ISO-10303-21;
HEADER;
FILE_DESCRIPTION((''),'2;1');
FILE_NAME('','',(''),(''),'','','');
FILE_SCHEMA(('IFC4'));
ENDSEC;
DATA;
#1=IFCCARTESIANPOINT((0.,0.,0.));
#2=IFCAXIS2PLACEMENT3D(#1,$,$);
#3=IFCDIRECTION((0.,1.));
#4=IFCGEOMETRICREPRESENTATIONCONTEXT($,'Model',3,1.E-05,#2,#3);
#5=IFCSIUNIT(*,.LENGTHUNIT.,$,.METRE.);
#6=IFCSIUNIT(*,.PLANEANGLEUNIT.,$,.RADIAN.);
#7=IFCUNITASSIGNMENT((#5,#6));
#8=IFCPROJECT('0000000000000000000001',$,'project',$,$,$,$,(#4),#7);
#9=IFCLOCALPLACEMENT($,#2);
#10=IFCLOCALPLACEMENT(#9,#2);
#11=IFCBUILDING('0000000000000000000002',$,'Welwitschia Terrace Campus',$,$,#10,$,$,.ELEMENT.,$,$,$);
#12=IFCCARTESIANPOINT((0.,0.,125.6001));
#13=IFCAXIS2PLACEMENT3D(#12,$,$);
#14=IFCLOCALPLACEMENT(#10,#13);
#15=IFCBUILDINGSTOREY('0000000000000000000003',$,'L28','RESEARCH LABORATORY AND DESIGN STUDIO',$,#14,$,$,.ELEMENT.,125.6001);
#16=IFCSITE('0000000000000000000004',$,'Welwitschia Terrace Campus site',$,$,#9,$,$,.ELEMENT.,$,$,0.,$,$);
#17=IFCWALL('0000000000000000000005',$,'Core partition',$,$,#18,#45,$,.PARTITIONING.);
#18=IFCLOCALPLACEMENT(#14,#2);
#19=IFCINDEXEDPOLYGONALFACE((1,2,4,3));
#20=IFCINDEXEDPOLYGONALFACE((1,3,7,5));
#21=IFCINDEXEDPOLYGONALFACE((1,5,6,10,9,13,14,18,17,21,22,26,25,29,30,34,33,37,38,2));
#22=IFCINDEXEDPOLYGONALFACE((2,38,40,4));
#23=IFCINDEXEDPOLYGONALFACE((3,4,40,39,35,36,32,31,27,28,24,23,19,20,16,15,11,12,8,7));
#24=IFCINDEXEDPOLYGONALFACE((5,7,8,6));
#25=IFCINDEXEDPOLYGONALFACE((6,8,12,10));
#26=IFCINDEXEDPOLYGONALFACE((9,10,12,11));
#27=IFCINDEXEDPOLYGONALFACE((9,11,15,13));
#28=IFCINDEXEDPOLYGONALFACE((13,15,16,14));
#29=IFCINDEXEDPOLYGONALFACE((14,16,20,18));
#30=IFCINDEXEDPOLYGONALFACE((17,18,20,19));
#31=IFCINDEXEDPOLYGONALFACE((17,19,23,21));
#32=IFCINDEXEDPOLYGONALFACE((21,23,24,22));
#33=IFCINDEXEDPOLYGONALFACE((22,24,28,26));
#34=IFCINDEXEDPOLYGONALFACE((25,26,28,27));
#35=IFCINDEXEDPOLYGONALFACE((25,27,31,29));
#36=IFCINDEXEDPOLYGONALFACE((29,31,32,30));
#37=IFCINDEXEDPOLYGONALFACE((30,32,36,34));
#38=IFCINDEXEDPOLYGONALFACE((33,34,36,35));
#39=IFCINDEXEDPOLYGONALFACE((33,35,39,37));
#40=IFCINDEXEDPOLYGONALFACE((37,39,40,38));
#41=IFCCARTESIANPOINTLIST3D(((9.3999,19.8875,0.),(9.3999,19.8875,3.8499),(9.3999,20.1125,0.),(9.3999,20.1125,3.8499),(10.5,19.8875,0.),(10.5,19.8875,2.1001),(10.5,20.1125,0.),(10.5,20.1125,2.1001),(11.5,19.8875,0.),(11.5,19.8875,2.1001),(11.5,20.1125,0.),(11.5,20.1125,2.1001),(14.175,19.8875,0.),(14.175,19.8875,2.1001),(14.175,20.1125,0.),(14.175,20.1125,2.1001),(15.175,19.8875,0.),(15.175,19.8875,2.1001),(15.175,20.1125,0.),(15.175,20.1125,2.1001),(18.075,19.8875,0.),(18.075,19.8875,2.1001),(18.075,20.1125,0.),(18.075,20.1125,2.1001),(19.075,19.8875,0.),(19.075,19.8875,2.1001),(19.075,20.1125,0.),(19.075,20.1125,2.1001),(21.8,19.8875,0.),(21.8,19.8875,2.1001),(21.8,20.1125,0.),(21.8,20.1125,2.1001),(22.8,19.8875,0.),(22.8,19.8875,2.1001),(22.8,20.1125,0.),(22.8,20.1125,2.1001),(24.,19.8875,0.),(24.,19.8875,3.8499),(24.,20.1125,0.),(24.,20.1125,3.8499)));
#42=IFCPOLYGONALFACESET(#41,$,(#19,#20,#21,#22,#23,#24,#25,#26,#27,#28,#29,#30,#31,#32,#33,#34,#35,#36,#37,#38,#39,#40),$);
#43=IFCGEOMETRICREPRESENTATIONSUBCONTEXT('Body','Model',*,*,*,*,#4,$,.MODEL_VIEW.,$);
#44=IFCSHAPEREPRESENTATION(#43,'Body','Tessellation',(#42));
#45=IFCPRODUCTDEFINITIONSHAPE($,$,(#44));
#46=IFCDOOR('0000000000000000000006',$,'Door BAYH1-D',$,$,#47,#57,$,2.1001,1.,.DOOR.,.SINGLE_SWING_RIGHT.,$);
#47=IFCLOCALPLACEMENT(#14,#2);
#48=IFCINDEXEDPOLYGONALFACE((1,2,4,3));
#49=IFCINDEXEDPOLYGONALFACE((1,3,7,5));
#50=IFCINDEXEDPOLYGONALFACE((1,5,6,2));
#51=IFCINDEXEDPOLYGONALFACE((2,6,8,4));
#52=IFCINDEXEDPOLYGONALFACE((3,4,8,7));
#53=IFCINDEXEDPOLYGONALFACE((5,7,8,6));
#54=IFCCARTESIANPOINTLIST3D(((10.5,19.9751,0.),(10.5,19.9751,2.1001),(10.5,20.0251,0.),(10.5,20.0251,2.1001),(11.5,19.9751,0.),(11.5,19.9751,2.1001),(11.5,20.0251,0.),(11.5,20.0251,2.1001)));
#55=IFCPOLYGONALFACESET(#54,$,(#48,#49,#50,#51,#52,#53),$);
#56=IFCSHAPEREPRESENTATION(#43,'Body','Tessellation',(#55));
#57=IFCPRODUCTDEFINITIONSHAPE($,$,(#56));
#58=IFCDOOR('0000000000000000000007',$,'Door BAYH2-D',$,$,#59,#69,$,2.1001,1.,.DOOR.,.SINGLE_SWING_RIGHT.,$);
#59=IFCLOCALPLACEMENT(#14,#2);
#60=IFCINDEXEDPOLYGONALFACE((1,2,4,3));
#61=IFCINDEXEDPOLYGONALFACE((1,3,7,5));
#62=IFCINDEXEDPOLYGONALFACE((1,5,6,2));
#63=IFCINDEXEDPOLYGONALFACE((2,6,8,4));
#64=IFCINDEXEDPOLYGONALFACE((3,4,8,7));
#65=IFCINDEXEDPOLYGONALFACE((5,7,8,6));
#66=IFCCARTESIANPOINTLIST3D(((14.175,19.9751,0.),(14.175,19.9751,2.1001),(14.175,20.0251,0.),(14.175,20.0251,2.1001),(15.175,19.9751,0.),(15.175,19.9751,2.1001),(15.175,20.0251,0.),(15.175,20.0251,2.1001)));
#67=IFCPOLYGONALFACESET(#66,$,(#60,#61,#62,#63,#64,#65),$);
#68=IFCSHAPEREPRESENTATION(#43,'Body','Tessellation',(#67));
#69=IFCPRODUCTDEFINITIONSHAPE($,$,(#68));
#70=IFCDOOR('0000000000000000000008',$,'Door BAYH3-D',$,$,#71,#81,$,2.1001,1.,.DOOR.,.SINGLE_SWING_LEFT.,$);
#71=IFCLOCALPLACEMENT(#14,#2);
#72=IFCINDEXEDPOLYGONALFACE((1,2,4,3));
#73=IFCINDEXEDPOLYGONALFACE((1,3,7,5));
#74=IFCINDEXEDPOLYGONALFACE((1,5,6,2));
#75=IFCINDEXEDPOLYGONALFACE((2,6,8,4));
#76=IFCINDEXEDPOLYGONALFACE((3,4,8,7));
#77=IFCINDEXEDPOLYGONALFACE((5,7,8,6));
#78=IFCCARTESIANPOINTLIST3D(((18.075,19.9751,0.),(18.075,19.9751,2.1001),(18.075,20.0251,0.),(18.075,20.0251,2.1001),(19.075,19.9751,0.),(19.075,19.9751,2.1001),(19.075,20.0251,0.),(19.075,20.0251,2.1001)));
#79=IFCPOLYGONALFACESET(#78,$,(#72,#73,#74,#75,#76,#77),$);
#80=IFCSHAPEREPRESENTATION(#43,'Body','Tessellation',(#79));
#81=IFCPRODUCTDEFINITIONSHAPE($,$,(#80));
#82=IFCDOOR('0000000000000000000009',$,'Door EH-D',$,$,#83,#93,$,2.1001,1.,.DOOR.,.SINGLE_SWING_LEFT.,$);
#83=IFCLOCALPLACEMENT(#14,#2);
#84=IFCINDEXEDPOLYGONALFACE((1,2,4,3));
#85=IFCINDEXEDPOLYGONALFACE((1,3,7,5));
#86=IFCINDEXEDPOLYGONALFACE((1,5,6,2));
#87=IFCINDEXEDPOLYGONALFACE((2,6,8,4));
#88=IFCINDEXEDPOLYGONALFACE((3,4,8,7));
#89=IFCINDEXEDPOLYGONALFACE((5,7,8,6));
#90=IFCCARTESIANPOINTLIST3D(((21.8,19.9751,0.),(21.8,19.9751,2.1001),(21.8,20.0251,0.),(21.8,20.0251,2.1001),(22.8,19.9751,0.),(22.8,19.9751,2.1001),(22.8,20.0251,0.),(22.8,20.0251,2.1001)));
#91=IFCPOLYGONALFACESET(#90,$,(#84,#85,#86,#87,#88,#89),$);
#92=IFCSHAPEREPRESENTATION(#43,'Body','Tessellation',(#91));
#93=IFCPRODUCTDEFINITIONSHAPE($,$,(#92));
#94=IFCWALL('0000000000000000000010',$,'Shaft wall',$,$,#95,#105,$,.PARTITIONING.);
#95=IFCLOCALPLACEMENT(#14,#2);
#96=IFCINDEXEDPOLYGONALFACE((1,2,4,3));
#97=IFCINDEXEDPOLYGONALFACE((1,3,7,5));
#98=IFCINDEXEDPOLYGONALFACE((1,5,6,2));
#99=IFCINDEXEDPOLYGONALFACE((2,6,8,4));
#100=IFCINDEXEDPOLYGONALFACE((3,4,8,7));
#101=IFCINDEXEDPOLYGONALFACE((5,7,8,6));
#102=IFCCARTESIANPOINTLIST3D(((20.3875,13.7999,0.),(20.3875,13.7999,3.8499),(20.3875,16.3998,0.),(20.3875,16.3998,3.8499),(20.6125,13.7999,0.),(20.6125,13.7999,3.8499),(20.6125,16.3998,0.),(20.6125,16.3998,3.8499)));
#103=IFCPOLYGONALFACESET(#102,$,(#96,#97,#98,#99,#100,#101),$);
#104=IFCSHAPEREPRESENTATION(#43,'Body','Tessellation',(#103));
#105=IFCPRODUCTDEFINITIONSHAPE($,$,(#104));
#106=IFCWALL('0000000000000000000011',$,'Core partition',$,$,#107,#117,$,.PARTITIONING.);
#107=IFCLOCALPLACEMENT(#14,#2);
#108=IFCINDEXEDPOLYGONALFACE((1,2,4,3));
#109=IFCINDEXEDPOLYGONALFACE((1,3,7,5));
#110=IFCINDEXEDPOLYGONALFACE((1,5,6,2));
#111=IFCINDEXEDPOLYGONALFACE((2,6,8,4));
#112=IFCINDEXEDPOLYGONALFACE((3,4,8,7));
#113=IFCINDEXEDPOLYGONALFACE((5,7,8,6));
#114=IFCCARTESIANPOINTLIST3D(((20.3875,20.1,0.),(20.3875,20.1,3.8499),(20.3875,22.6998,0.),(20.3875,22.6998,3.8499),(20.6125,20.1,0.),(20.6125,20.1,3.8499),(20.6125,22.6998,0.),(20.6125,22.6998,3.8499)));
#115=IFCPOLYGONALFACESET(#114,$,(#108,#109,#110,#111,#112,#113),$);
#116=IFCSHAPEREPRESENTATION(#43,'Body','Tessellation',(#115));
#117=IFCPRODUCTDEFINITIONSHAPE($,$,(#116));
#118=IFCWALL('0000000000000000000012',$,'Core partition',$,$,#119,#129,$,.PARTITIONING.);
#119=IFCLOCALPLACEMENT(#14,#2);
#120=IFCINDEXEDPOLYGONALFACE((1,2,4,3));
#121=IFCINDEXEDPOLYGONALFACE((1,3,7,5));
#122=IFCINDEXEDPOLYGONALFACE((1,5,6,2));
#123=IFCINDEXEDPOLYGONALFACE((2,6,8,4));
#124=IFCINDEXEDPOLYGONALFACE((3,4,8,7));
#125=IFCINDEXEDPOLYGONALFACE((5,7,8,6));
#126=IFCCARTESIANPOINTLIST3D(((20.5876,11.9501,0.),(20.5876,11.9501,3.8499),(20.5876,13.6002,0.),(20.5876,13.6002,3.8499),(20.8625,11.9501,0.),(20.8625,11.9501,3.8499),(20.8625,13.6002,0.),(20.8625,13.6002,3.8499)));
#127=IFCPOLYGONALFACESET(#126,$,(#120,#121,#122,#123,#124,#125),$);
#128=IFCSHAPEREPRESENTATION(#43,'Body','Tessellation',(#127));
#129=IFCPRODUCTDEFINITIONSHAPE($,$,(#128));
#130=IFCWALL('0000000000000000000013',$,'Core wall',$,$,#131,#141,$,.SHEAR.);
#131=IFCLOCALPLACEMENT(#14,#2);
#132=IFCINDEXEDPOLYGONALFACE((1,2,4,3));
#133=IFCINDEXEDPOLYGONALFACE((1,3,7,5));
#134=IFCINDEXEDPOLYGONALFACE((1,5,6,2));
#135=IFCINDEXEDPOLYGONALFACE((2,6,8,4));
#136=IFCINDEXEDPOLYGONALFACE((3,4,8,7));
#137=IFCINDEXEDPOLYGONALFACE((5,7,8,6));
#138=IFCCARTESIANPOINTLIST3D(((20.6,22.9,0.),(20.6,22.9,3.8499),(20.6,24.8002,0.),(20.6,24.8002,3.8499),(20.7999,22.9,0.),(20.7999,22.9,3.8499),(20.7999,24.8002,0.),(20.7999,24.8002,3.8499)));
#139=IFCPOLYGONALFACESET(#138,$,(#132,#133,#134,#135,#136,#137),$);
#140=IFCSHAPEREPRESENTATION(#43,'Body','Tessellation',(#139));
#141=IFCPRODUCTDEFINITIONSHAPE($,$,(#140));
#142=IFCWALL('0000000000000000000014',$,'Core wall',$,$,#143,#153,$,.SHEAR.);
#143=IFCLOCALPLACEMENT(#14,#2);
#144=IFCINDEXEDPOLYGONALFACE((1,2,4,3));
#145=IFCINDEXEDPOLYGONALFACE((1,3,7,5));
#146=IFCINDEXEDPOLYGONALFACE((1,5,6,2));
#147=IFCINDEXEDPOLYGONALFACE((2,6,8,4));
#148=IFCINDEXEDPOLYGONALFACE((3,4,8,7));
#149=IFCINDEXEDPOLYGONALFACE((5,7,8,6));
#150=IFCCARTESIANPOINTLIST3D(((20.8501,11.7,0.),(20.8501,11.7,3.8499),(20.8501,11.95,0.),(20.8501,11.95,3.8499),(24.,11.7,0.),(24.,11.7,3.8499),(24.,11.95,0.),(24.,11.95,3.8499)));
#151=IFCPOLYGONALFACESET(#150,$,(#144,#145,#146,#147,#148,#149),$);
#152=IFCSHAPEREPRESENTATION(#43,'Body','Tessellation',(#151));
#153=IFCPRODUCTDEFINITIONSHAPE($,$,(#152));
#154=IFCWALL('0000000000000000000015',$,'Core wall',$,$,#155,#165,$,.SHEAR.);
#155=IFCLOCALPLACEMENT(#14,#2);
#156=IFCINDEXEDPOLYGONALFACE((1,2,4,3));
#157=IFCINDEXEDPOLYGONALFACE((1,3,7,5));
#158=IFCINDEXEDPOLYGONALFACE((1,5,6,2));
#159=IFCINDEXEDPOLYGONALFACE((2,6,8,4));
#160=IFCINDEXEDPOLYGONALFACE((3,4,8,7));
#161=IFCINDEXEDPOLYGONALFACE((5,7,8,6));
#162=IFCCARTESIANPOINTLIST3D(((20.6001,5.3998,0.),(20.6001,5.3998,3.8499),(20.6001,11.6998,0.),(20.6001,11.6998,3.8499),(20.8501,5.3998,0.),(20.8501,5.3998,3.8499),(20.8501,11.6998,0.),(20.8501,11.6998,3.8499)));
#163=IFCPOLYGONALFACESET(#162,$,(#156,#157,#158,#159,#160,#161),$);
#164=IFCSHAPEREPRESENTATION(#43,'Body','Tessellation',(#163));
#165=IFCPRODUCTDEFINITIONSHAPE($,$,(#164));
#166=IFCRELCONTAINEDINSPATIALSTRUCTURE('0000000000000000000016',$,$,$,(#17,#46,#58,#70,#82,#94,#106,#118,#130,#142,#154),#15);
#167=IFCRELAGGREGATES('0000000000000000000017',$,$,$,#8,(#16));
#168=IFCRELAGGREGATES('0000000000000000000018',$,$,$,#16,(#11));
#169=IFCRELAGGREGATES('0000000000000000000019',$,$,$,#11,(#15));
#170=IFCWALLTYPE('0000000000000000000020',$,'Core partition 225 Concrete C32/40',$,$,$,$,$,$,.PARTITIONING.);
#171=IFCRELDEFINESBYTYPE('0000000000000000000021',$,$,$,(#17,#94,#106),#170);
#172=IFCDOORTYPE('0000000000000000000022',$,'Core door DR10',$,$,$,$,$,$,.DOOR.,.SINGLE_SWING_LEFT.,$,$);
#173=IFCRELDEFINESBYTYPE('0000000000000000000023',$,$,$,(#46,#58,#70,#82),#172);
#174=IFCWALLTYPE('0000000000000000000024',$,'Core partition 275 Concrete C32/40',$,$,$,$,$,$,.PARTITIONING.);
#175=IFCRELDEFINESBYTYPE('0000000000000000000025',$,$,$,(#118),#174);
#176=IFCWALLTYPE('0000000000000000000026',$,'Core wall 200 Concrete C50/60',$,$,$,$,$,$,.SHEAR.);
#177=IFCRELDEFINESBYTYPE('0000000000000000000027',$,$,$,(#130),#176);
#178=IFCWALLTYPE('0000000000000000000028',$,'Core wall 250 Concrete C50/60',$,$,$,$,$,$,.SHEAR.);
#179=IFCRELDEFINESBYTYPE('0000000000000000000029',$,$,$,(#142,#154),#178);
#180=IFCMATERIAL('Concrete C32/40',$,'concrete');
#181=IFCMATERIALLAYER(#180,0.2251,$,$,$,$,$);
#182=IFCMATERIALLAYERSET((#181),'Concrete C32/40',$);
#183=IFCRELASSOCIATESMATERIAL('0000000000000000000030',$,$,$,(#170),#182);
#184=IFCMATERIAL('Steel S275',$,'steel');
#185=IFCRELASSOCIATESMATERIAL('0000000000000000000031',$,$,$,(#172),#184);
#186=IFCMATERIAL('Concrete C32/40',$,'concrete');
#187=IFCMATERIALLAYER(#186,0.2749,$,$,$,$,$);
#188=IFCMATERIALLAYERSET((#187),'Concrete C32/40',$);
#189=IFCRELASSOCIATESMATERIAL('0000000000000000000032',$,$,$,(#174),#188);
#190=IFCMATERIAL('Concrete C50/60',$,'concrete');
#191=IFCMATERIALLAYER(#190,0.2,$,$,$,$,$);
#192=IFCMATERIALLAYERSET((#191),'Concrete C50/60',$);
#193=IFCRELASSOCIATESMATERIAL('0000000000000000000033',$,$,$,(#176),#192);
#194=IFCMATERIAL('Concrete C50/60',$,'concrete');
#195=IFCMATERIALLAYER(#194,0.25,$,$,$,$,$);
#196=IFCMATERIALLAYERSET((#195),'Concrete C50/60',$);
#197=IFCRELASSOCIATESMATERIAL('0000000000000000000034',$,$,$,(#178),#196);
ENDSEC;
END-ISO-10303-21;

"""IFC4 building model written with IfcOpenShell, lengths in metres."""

from ifc_helpers import new_model, si_unit, direction, frame, frame_2d, origin, place, context, subcontext, project, spatial, rectangle, extrude, material, layer, layer_set, type_object, element, fill, save


model = new_model("IFC4")

# Units and contexts
model_context = context("Model", 3, precision=1e-05, world=origin(), true_north=direction((0.0, 1.0)))
body_context = subcontext(model_context, "Body", "Model", "MODEL_VIEW")
ifc_project = project(units=[si_unit("LENGTHUNIT", "METRE"), si_unit("PLANEANGLEUNIT", "RADIAN")], contexts=[model_context])

# Site, building, storey
site_placement = place(None, origin())
site = spatial("IfcSite", under=ifc_project, at=site_placement, Name="Welwitschia Terrace Campus site", CompositionType="ELEMENT", RefElevation=0.0)
building_placement = place(site_placement, origin())
building = spatial("IfcBuilding", under=site, at=building_placement, Name="Welwitschia Terrace Campus", CompositionType="ELEMENT")
storey_placement = place(building_placement, frame((0.0, 0.0, 125.6001)))
storey = spatial("IfcBuildingStorey", under=building, at=storey_placement, Name="L28", Description="RESEARCH LABORATORY AND DESIGN STUDIO", CompositionType="ELEMENT", Elevation=125.6001)

# Wall, openings, doors
ifc_material_1 = material(Name="Concrete C32/40", Category="concrete")
ifc_layer_1 = layer(ifc_material_1, 0.2251)
ifc_layer_set_1 = layer_set([ifc_layer_1], Name="Concrete C32/40")
wall_type_1 = type_object("IfcWallType", Name="Core partition 225 Concrete C32/40", PredefinedType="PARTITIONING", material=ifc_layer_set_1)
wall_1_placement = place(storey_placement, frame((24.0, 20.0, 0.0), z_axis=(0.0, 0.0, 1.0), x_axis=(-1.0, 0.0, 0.0)))
wall_1 = element("IfcWall", 1, at=wall_1_placement, inside=storey, type_object=wall_type_1, Name="Core partition", PredefinedType="PARTITIONING", context=body_context, shape_type="SweptSolid", body=[
    extrude(rectangle(XDim=14.6001, YDim=0.2251, at=frame_2d((7.3, 0.0))), origin(), (0.0, 0.0, 1.0), 3.8499),
])
opening_1_placement = place(wall_1_placement, frame((12.5, 0.0, 0.0)))
opening_1 = element("IfcOpeningElement", 2, at=opening_1_placement, cuts=wall_1, PredefinedType="OPENING", context=body_context, shape_type="SweptSolid", body=[
    extrude(rectangle(XDim=1.0, YDim=2.1001, at=frame_2d((0.5, 1.05))), frame((0.0, 0.1226, 0.0), z_axis=(0.0, -1.0, 0.0), x_axis=(1.0, 0.0, 0.0)), (0.0, 0.0, 1.0), 0.2451),
])
opening_2_placement = place(wall_1_placement, frame((8.825, 0.0, 0.0)))
opening_2 = element("IfcOpeningElement", 3, at=opening_2_placement, cuts=wall_1, PredefinedType="OPENING", context=body_context, shape_type="SweptSolid", body=[
    extrude(rectangle(XDim=1.0, YDim=2.1001, at=frame_2d((0.5, 1.05))), frame((0.0, 0.1226, 0.0), z_axis=(0.0, -1.0, 0.0), x_axis=(1.0, 0.0, 0.0)), (0.0, 0.0, 1.0), 0.2451),
])
opening_3_placement = place(wall_1_placement, frame((4.925, 0.0, 0.0)))
opening_3 = element("IfcOpeningElement", 4, at=opening_3_placement, cuts=wall_1, PredefinedType="OPENING", context=body_context, shape_type="SweptSolid", body=[
    extrude(rectangle(XDim=1.0, YDim=2.1001, at=frame_2d((0.5, 1.05))), frame((0.0, 0.1226, 0.0), z_axis=(0.0, -1.0, 0.0), x_axis=(1.0, 0.0, 0.0)), (0.0, 0.0, 1.0), 0.2451),
])
opening_4_placement = place(wall_1_placement, frame((1.2, 0.0, 0.0)))
opening_4 = element("IfcOpeningElement", 5, at=opening_4_placement, cuts=wall_1, PredefinedType="OPENING", context=body_context, shape_type="SweptSolid", body=[
    extrude(rectangle(XDim=1.0, YDim=2.1001, at=frame_2d((0.5, 1.05))), frame((0.0, 0.1226, 0.0), z_axis=(0.0, -1.0, 0.0), x_axis=(1.0, 0.0, 0.0)), (0.0, 0.0, 1.0), 0.2451),
])
ifc_material_2 = material(Name="Steel S275", Category="steel")
door_type_1 = type_object("IfcDoorType", Name="Core door DR10", OperationType="SINGLE_SWING_LEFT", PredefinedType="DOOR", material=ifc_material_2)
door_1_placement = place(opening_1_placement, origin())
door_1 = element("IfcDoor", 6, at=door_1_placement, inside=storey, type_object=door_type_1, Name="Door BAYH1-D", OperationType="SINGLE_SWING_RIGHT", OverallHeight=2.1001, OverallWidth=1.0, PredefinedType="DOOR", context=body_context, shape_type="SweptSolid", body=[
    extrude(rectangle(XDim=1.0, YDim=2.1001, at=frame_2d((0.5, 1.05))), frame((0.0, 0.0249, 0.0), z_axis=(0.0, -1.0, 0.0), x_axis=(1.0, 0.0, 0.0)), (0.0, 0.0, 1.0), 0.05),
])
fill(opening_1, door_1)
door_2_placement = place(opening_2_placement, origin())
door_2 = element("IfcDoor", 7, at=door_2_placement, inside=storey, type_object=door_type_1, Name="Door BAYH2-D", OperationType="SINGLE_SWING_RIGHT", OverallHeight=2.1001, OverallWidth=1.0, PredefinedType="DOOR", context=body_context, shape_type="SweptSolid", body=[
    extrude(rectangle(XDim=1.0, YDim=2.1001, at=frame_2d((0.5, 1.05))), frame((0.0, 0.0249, 0.0), z_axis=(0.0, -1.0, 0.0), x_axis=(1.0, 0.0, 0.0)), (0.0, 0.0, 1.0), 0.05),
])
fill(opening_2, door_2)
door_3_placement = place(opening_3_placement, origin())
door_3 = element("IfcDoor", 8, at=door_3_placement, inside=storey, type_object=door_type_1, Name="Door BAYH3-D", OperationType="SINGLE_SWING_LEFT", OverallHeight=2.1001, OverallWidth=1.0, PredefinedType="DOOR", context=body_context, shape_type="SweptSolid", body=[
    extrude(rectangle(XDim=1.0, YDim=2.1001, at=frame_2d((0.5, 1.05))), frame((0.0, 0.0249, 0.0), z_axis=(0.0, -1.0, 0.0), x_axis=(1.0, 0.0, 0.0)), (0.0, 0.0, 1.0), 0.05),
])
fill(opening_3, door_3)
door_4_placement = place(opening_4_placement, origin())
door_4 = element("IfcDoor", 9, at=door_4_placement, inside=storey, type_object=door_type_1, Name="Door EH-D", OperationType="SINGLE_SWING_LEFT", OverallHeight=2.1001, OverallWidth=1.0, PredefinedType="DOOR", context=body_context, shape_type="SweptSolid", body=[
    extrude(rectangle(XDim=1.0, YDim=2.1001, at=frame_2d((0.5, 1.05))), frame((0.0, 0.0249, 0.0), z_axis=(0.0, -1.0, 0.0), x_axis=(1.0, 0.0, 0.0)), (0.0, 0.0, 1.0), 0.05),
])
fill(opening_4, door_4)

# Walls
for number, where, z_axis, x_axis, name in (
    (10, (20.5, 13.8, 0.0), (0.0, 0.0, 1.0), (0.0, 1.0, 0.0), "Shaft wall"),
    (11, (20.5, 20.1001, 0.0), (0.0, 0.0, 1.0), (0.0, 1.0, 0.0), "Core partition"),
):
    element("IfcWall", number, at=place(storey_placement, frame(where, z_axis=z_axis, x_axis=x_axis)), inside=storey, type_object=wall_type_1, Name=name, PredefinedType="PARTITIONING", context=body_context, shape_type="SweptSolid", body=[
        extrude(rectangle(XDim=2.5999, YDim=0.2251, at=frame_2d((1.2998, 0.0))), origin(), (0.0, 0.0, 1.0), 3.8499),
    ])
ifc_material_3 = material(Name="Concrete C32/40", Category="concrete")
ifc_layer_2 = layer(ifc_material_3, 0.2749)
ifc_layer_set_2 = layer_set([ifc_layer_2], Name="Concrete C32/40")
wall_type_2 = type_object("IfcWallType", Name="Core partition 275 Concrete C32/40", PredefinedType="PARTITIONING", material=ifc_layer_set_2)
wall_2_placement = place(storey_placement, frame((20.7251, 11.95, 0.0), z_axis=(0.0, 0.0, 1.0), x_axis=(0.0, 1.0, 0.0)))
element("IfcWall", 12, at=wall_2_placement, inside=storey, type_object=wall_type_2, Name="Core partition", PredefinedType="PARTITIONING", context=body_context, shape_type="SweptSolid", body=[
    extrude(rectangle(XDim=1.6501, YDim=0.2749, at=frame_2d((0.8252, 0.0))), origin(), (0.0, 0.0, 1.0), 3.8499),
])
ifc_material_4 = material(Name="Concrete C50/60", Category="concrete")
ifc_layer_3 = layer(ifc_material_4, 0.2)
ifc_layer_set_3 = layer_set([ifc_layer_3], Name="Concrete C50/60")
wall_type_3 = type_object("IfcWallType", Name="Core wall 200 Concrete C50/60", PredefinedType="SHEAR", material=ifc_layer_set_3)
wall_3_placement = place(storey_placement, frame((20.7, 22.8999, 0.0), z_axis=(0.0, 0.0, 1.0), x_axis=(0.0, 1.0, 0.0)))
element("IfcWall", 13, at=wall_3_placement, inside=storey, type_object=wall_type_3, Name="Core wall", PredefinedType="SHEAR", context=body_context, shape_type="SweptSolid", body=[
    extrude(rectangle(XDim=1.9001, YDim=0.2, at=frame_2d((0.9502, 0.0))), origin(), (0.0, 0.0, 1.0), 3.8499),
])
ifc_material_5 = material(Name="Concrete C50/60", Category="concrete")
ifc_layer_4 = layer(ifc_material_5, 0.25)
ifc_layer_set_4 = layer_set([ifc_layer_4], Name="Concrete C50/60")
wall_type_4 = type_object("IfcWallType", Name="Core wall 250 Concrete C50/60", PredefinedType="SHEAR", material=ifc_layer_set_4)
wall_4_placement = place(storey_placement, frame((20.8501, 11.825, 0.0), z_axis=(0.0, 0.0, 1.0), x_axis=(1.0, 0.0, 0.0)))
element("IfcWall", 14, at=wall_4_placement, inside=storey, type_object=wall_type_4, Name="Core wall", PredefinedType="SHEAR", context=body_context, shape_type="SweptSolid", body=[
    extrude(rectangle(XDim=3.1499, YDim=0.25, at=frame_2d((1.575, 0.0))), origin(), (0.0, 0.0, 1.0), 3.8499),
])
wall_5_placement = place(storey_placement, frame((20.7251, 5.3999, 0.0), z_axis=(0.0, 0.0, 1.0), x_axis=(0.0, 1.0, 0.0)))
element("IfcWall", 15, at=wall_5_placement, inside=storey, type_object=wall_type_4, Name="Core wall", PredefinedType="SHEAR", context=body_context, shape_type="SweptSolid", body=[
    extrude(rectangle(XDim=6.3, YDim=0.25, at=frame_2d((3.1499, 0.0))), origin(), (0.0, 0.0, 1.0), 3.8499),
])

save(model, "model.ifc")
